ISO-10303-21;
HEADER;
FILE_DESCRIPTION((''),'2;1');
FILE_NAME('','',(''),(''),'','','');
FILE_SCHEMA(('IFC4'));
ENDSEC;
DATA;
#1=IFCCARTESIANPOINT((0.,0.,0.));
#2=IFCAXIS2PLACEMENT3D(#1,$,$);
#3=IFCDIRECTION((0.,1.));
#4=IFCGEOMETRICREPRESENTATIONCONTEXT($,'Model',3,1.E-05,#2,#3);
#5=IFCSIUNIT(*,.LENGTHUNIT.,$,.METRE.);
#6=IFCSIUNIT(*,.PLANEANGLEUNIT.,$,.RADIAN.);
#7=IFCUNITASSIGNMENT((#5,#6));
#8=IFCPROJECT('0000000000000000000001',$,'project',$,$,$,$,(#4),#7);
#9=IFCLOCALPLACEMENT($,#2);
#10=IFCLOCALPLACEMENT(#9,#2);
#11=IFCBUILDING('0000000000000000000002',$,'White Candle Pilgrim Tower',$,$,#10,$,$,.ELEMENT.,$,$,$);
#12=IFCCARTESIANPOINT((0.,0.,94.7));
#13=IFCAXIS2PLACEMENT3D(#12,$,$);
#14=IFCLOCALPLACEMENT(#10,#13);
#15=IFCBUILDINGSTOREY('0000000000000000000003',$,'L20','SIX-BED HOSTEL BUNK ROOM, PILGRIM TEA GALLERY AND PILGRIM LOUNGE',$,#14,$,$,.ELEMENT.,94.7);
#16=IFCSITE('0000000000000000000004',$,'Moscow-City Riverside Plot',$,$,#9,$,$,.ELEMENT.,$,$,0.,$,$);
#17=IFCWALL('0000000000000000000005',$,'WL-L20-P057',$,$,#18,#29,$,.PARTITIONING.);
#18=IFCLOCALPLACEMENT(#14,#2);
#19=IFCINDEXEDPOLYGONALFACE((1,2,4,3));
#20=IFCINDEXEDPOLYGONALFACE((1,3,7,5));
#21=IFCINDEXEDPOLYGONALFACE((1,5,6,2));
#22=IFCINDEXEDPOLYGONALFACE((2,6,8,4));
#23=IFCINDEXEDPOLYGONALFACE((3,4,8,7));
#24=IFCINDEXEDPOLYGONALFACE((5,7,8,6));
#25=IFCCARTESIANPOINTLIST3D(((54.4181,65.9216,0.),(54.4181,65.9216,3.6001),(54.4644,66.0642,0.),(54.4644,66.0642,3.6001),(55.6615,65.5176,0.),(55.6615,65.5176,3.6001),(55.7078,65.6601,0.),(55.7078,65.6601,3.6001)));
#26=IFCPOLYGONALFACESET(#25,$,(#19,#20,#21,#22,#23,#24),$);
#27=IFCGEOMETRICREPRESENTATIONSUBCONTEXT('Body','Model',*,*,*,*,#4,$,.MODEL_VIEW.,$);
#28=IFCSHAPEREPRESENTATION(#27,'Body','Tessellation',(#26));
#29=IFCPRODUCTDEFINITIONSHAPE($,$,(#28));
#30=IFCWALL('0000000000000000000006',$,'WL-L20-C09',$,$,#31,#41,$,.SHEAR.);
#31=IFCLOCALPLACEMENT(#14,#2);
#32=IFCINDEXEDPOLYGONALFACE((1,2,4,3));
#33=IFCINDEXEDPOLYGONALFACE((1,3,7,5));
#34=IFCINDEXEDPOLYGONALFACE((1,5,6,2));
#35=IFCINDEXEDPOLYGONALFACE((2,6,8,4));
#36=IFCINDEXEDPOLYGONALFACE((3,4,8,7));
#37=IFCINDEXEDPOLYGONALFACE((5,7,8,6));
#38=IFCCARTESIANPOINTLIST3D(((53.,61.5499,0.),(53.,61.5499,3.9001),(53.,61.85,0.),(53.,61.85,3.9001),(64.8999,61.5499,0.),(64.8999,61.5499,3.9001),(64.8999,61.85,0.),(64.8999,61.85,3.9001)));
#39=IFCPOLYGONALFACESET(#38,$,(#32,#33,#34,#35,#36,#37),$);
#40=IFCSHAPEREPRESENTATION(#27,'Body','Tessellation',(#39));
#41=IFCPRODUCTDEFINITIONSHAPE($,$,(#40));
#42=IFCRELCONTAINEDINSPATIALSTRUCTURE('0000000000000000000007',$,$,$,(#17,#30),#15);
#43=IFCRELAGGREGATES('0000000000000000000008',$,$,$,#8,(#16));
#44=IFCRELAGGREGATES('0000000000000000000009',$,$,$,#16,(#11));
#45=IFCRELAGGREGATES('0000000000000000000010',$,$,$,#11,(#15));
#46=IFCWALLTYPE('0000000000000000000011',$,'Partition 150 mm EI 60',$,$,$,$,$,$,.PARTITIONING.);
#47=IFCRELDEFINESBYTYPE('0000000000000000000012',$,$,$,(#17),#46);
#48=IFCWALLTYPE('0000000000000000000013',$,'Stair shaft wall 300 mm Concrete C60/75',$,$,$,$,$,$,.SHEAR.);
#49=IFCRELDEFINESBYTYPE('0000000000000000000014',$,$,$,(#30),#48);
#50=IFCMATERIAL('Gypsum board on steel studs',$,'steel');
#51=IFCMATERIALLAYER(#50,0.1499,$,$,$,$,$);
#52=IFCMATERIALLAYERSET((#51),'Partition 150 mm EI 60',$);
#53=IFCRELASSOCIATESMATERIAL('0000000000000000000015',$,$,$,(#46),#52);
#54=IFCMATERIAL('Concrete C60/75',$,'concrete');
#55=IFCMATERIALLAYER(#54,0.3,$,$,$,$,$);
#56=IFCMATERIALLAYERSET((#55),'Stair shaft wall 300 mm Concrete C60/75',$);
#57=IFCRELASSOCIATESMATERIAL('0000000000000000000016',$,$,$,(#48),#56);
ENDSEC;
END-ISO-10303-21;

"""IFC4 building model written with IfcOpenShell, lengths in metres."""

from ifc_helpers import new_model, si_unit, direction, frame, frame_2d, origin, place, context, subcontext, project, spatial, rectangle, extrude, material, layer, layer_set, type_object, element, save


model = new_model("IFC4")

# Units and contexts
model_context = context("Model", 3, precision=1e-05, world=origin(), true_north=direction((0.0, 1.0)))
body_context = subcontext(model_context, "Body", "Model", "MODEL_VIEW")
ifc_project = project(units=[si_unit("LENGTHUNIT", "METRE"), si_unit("PLANEANGLEUNIT", "RADIAN")], contexts=[model_context])

# Site, building, storey
site_placement = place(None, origin())
site = spatial("IfcSite", under=ifc_project, at=site_placement, Name="Moscow-City Riverside Plot", CompositionType="ELEMENT", RefElevation=0.0)
building_placement = place(site_placement, origin())
building = spatial("IfcBuilding", under=site, at=building_placement, Name="White Candle Pilgrim Tower", CompositionType="ELEMENT")
storey_placement = place(building_placement, frame((0.0, 0.0, 94.7)))
storey = spatial("IfcBuildingStorey", under=building, at=storey_placement, Name="L20", Description="SIX-BED HOSTEL BUNK ROOM, PILGRIM TEA GALLERY AND PILGRIM LOUNGE", CompositionType="ELEMENT", Elevation=94.7)

# Shared definitions
ifc_material_1 = material(Name="Gypsum board on steel studs", Category="steel")

# Walls
ifc_layer_1 = layer(ifc_material_1, 0.1499)
ifc_layer_set_1 = layer_set([ifc_layer_1], Name="Partition 150 mm EI 60")
wall_type_1 = type_object("IfcWallType", Name="Partition 150 mm EI 60", PredefinedType="PARTITIONING", material=ifc_layer_set_1)
wall_1_placement = place(storey_placement, frame((54.4412, 65.9929, 0.0), z_axis=(0.0, 0.0, 1.0), x_axis=(0.951046, -0.309048, 0.0)))
element("IfcWall", 1, at=wall_1_placement, inside=storey, type_object=wall_type_1, Name="WL-L20-P057", PredefinedType="PARTITIONING", context=body_context, shape_type="SweptSolid", body=[
    extrude(rectangle(XDim=1.3074, YDim=0.1499, at=frame_2d((0.6538, 0.0))), origin(), (0.0, 0.0, 1.0), 3.6001),
])
ifc_material_2 = material(Name="Concrete C60/75", Category="concrete")
ifc_layer_2 = layer(ifc_material_2, 0.3)
ifc_layer_set_2 = layer_set([ifc_layer_2], Name="Stair shaft wall 300 mm Concrete C60/75")
wall_type_2 = type_object("IfcWallType", Name="Stair shaft wall 300 mm Concrete C60/75", PredefinedType="SHEAR", material=ifc_layer_set_2)
wall_2_placement = place(storey_placement, frame((53.0, 61.7, 0.0), z_axis=(0.0, 0.0, 1.0), x_axis=(1.0, 0.0, 0.0)))
element("IfcWall", 2, at=wall_2_placement, inside=storey, type_object=wall_type_2, Name="WL-L20-C09", PredefinedType="SHEAR", context=body_context, shape_type="SweptSolid", body=[
    extrude(rectangle(XDim=11.8999, YDim=0.3, at=frame_2d((5.95, 0.0))), origin(), (0.0, 0.0, 1.0), 3.9001),
])

save(model, "model.ifc")
